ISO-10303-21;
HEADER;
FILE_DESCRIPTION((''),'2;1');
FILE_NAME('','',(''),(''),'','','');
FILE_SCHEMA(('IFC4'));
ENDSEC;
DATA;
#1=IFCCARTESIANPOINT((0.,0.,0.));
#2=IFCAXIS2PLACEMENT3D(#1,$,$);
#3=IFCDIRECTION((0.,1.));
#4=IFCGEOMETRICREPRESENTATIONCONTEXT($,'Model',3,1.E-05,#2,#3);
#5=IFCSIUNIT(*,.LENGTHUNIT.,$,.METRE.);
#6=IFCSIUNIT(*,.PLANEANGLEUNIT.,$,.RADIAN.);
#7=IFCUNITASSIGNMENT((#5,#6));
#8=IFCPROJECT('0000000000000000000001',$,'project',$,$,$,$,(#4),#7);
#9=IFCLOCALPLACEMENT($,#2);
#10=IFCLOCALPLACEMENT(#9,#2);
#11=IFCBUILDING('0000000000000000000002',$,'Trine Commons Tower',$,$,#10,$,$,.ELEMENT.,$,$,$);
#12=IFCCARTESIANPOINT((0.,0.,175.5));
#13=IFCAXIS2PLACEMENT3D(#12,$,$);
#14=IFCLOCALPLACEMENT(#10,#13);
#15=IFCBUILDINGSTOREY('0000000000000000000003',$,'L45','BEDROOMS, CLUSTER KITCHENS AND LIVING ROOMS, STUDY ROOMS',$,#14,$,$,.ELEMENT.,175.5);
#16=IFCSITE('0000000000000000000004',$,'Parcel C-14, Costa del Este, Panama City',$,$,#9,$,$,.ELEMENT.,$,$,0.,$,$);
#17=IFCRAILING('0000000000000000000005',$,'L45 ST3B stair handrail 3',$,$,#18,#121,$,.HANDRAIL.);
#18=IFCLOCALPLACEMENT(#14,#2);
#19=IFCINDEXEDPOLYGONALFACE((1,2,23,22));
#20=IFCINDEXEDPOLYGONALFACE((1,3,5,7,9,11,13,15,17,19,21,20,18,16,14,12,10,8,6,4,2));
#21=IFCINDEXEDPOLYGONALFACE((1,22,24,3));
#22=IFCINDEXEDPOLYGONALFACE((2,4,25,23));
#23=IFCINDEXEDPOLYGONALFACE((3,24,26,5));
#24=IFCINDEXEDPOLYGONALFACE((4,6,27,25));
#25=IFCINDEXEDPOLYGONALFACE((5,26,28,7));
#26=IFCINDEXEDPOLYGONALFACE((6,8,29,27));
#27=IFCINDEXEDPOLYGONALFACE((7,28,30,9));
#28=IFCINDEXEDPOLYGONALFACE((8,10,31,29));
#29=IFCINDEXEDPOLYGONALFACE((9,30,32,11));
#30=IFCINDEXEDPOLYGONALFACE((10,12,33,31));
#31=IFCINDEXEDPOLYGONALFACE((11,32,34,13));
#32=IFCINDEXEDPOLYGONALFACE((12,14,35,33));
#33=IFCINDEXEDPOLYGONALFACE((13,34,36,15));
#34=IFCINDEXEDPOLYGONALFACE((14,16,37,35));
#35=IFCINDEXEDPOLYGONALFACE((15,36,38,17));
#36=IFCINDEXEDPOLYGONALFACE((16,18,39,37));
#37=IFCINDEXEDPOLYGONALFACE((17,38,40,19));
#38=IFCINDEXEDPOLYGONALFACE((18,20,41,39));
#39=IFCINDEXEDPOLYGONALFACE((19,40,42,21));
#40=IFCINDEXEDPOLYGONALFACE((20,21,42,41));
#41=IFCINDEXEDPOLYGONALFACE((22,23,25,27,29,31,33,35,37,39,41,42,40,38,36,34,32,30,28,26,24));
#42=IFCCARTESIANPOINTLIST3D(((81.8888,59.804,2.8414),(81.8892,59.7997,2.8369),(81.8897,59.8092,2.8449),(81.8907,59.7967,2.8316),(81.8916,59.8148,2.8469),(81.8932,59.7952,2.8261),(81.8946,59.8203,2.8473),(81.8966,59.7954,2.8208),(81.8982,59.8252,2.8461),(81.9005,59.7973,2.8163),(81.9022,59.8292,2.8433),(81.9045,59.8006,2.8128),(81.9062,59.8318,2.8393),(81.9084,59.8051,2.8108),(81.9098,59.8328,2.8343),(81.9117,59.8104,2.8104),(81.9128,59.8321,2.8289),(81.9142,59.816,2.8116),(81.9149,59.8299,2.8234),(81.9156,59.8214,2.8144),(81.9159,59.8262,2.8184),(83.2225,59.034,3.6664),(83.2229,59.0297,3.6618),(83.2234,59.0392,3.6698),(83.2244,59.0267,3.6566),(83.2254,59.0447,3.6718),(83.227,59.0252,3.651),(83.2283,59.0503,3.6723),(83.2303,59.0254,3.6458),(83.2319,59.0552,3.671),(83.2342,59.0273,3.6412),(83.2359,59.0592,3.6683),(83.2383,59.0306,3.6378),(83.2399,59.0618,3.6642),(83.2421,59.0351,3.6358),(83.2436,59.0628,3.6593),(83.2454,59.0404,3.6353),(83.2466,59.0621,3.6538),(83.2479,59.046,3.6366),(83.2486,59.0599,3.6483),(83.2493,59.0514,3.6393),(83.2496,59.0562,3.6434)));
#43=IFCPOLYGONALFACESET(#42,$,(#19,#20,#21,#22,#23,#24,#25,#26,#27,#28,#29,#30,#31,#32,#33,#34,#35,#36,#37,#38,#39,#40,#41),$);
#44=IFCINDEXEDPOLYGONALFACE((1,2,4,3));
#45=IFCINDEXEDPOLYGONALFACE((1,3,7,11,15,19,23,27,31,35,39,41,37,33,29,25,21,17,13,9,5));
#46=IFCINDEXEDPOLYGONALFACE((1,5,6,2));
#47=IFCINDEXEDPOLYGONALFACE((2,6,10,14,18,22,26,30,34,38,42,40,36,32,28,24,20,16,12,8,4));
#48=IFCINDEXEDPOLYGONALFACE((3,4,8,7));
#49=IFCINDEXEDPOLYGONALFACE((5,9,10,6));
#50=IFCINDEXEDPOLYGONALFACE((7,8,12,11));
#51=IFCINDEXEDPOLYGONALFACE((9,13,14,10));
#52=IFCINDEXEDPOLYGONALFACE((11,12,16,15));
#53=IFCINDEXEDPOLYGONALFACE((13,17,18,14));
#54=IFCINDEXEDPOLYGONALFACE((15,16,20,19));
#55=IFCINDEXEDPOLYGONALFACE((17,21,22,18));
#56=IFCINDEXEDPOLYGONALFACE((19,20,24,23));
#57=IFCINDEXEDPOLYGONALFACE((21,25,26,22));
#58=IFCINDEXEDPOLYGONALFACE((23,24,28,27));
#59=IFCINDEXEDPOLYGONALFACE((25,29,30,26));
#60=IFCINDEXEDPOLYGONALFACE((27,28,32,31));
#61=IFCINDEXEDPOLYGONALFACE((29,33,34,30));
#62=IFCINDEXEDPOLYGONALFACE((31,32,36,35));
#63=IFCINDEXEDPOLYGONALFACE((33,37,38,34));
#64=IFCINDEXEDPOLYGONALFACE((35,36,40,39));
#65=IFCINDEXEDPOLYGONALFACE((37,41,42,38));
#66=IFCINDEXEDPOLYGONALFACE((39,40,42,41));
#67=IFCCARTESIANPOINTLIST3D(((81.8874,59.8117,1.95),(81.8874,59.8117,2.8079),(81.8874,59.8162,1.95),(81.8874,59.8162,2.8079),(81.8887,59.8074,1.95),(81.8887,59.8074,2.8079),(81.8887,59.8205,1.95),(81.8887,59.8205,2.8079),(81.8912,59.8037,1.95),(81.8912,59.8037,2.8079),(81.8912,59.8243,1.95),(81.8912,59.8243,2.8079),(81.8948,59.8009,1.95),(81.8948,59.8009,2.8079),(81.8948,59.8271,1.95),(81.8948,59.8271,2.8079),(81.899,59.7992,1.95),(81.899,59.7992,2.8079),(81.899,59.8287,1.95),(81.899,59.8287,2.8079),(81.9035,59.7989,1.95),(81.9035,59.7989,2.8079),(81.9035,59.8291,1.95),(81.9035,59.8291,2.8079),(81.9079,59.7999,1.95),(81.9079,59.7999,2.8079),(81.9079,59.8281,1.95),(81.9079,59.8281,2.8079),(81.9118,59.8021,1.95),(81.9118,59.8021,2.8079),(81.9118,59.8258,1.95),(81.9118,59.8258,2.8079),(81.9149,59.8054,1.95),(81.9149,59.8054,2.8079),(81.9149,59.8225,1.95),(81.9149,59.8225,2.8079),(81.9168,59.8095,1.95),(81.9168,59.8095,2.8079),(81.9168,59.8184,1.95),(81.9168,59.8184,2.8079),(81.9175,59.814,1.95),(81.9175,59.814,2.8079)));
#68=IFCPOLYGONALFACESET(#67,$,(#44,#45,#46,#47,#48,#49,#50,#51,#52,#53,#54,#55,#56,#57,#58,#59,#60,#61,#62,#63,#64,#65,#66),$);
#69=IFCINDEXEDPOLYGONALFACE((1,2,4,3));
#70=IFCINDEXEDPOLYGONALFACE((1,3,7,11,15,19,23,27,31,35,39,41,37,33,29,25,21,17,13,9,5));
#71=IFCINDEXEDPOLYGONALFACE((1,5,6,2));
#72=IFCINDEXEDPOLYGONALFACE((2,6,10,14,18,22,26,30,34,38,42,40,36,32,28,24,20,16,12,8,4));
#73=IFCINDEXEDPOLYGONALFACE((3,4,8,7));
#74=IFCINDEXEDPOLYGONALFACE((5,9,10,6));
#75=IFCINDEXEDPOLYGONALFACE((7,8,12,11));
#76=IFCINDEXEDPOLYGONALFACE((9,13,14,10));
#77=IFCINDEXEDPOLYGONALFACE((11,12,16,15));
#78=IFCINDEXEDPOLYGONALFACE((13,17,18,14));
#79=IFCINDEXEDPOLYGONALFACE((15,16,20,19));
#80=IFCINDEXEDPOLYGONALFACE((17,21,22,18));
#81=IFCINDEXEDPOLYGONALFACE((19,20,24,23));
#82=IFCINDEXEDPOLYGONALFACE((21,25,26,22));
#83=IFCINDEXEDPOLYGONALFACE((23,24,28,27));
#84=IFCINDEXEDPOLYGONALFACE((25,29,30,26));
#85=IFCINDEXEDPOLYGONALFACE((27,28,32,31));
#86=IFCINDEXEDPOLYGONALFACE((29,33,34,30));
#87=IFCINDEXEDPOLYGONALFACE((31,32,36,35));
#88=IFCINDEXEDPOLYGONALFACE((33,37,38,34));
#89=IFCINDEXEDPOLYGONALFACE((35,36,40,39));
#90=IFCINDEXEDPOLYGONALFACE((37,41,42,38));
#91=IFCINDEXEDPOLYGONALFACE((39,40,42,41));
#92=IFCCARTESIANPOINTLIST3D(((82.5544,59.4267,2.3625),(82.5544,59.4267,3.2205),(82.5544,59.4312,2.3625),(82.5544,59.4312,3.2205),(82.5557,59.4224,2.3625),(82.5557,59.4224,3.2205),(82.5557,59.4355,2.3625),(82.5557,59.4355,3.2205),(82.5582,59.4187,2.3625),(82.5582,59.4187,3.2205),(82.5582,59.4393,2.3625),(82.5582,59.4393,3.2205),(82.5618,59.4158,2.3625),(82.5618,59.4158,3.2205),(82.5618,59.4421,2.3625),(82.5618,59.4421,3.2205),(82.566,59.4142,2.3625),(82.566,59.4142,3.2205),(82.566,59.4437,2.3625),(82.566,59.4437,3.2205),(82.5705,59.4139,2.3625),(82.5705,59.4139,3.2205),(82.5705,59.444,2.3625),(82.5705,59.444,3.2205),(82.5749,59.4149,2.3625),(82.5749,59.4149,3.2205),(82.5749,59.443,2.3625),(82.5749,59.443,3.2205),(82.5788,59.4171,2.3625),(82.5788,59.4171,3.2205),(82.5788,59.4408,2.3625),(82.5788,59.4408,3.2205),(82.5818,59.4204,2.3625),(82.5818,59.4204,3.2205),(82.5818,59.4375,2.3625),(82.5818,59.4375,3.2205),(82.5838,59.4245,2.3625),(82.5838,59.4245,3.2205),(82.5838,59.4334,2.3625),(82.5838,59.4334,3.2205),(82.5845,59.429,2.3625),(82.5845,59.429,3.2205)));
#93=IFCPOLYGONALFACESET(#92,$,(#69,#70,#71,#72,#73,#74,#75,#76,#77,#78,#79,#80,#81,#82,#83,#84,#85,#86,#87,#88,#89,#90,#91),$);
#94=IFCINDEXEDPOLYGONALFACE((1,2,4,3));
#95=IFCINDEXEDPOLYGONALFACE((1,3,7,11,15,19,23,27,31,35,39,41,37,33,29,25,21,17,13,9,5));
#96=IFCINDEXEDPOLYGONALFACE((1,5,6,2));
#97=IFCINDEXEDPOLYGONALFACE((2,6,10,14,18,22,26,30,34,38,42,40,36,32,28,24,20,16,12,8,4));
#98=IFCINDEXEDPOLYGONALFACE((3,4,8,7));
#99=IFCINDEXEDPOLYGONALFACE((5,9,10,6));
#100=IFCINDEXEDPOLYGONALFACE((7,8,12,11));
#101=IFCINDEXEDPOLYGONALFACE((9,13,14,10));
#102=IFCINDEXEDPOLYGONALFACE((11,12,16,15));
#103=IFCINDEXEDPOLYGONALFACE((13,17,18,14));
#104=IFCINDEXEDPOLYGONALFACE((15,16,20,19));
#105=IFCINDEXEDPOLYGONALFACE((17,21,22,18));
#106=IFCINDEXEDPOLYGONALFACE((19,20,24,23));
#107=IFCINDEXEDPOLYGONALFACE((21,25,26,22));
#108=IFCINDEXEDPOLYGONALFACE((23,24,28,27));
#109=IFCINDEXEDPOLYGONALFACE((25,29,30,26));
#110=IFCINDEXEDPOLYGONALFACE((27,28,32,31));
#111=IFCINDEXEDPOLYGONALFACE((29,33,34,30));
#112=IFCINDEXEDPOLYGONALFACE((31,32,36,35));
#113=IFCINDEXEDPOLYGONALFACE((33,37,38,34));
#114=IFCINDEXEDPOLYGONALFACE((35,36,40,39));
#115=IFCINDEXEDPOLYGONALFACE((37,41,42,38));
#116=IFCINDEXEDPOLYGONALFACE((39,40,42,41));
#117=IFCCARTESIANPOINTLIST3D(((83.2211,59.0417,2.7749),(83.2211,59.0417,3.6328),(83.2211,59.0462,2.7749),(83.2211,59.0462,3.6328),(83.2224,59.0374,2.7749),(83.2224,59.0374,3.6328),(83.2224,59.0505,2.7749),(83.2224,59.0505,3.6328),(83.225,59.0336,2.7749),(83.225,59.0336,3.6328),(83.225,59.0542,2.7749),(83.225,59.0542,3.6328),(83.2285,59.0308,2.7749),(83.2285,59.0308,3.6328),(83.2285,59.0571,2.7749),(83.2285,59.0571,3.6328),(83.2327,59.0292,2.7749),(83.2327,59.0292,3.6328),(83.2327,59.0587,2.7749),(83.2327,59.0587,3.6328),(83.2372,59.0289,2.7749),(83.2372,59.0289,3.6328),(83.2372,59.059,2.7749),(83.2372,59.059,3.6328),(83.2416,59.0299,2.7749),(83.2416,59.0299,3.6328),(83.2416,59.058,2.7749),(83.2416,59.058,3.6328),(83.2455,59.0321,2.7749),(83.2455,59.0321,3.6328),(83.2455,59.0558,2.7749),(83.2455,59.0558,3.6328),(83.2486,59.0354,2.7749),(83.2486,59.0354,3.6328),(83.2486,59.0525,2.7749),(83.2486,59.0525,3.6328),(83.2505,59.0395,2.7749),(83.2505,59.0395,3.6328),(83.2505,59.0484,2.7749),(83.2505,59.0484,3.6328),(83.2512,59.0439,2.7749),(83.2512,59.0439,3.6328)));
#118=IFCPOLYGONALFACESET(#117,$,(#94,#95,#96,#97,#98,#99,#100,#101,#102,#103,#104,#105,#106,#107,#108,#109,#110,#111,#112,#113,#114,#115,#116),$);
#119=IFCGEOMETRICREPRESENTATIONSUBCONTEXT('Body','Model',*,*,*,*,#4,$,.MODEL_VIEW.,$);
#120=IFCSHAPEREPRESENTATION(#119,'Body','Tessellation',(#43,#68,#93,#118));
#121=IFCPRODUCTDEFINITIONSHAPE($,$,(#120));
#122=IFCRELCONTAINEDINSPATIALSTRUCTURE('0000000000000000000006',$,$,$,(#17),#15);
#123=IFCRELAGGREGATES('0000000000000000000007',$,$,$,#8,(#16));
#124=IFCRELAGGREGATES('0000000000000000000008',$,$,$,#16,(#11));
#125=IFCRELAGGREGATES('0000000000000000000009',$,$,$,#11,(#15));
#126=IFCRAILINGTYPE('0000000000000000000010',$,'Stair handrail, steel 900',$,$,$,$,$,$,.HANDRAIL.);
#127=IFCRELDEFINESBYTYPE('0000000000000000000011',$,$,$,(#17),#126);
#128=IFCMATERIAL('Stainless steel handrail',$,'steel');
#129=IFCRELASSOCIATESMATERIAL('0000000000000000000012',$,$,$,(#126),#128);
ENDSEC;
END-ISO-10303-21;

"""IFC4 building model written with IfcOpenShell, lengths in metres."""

from ifc_helpers import new_model, si_unit, direction, frame, origin, origin_2d, place, context, subcontext, project, spatial, circle, extrude, material, type_object, element, save


model = new_model("IFC4")

# Units and contexts
model_context = context("Model", 3, precision=1e-05, world=origin(), true_north=direction((0.0, 1.0)))
body_context = subcontext(model_context, "Body", "Model", "MODEL_VIEW")
ifc_project = project(units=[si_unit("LENGTHUNIT", "METRE"), si_unit("PLANEANGLEUNIT", "RADIAN")], contexts=[model_context])

# Site, building, storey
site_placement = place(None, origin())
site = spatial("IfcSite", under=ifc_project, at=site_placement, Name="Parcel C-14, Costa del Este, Panama City", CompositionType="ELEMENT", RefElevation=0.0)
building_placement = place(site_placement, origin())
building = spatial("IfcBuilding", under=site, at=building_placement, Name="Trine Commons Tower", CompositionType="ELEMENT")
storey_placement = place(building_placement, frame((0.0, 0.0, 175.5)))
storey = spatial("IfcBuildingStorey", under=building, at=storey_placement, Name="L45", Description="BEDROOMS, CLUSTER KITCHENS AND LIVING ROOMS, STUDY ROOMS", CompositionType="ELEMENT", Elevation=175.5)

# Railing
ifc_material_1 = material(Name="Stainless steel handrail", Category="steel")
railing_type_1 = type_object("IfcRailingType", Name="Stair handrail, steel 900", PredefinedType="HANDRAIL", material=ifc_material_1)
railing_1_placement = place(storey_placement, frame((81.9023, 59.814, 1.95)))
element("IfcRailing", 1, at=railing_1_placement, inside=storey, type_object=railing_type_1, Name="L45 ST3B stair handrail 3", PredefinedType="HANDRAIL", context=body_context, shape_type="SweptSolid", body=[
    extrude(circle(Radius=0.021, at=origin_2d()), frame((0.0, 0.0, 0.8789), z_axis=(0.763405, -0.440743, 0.472185), x_axis=(0.499992, 0.86603, 0.0)), (0.0, 0.0, 1.0), 1.7471),
    extrude(circle(Radius=0.0151, at=origin_2d()), origin(), (0.0, 0.0, 1.0), 0.8579),
    extrude(circle(Radius=0.0151, at=origin_2d()), frame((0.667, -0.385, 0.4126)), (0.0, 0.0, 1.0), 0.8579),
    extrude(circle(Radius=0.0151, at=origin_2d()), frame((1.3337, -0.77, 0.825)), (0.0, 0.0, 1.0), 0.8579),
])

save(model, "model.ifc")
